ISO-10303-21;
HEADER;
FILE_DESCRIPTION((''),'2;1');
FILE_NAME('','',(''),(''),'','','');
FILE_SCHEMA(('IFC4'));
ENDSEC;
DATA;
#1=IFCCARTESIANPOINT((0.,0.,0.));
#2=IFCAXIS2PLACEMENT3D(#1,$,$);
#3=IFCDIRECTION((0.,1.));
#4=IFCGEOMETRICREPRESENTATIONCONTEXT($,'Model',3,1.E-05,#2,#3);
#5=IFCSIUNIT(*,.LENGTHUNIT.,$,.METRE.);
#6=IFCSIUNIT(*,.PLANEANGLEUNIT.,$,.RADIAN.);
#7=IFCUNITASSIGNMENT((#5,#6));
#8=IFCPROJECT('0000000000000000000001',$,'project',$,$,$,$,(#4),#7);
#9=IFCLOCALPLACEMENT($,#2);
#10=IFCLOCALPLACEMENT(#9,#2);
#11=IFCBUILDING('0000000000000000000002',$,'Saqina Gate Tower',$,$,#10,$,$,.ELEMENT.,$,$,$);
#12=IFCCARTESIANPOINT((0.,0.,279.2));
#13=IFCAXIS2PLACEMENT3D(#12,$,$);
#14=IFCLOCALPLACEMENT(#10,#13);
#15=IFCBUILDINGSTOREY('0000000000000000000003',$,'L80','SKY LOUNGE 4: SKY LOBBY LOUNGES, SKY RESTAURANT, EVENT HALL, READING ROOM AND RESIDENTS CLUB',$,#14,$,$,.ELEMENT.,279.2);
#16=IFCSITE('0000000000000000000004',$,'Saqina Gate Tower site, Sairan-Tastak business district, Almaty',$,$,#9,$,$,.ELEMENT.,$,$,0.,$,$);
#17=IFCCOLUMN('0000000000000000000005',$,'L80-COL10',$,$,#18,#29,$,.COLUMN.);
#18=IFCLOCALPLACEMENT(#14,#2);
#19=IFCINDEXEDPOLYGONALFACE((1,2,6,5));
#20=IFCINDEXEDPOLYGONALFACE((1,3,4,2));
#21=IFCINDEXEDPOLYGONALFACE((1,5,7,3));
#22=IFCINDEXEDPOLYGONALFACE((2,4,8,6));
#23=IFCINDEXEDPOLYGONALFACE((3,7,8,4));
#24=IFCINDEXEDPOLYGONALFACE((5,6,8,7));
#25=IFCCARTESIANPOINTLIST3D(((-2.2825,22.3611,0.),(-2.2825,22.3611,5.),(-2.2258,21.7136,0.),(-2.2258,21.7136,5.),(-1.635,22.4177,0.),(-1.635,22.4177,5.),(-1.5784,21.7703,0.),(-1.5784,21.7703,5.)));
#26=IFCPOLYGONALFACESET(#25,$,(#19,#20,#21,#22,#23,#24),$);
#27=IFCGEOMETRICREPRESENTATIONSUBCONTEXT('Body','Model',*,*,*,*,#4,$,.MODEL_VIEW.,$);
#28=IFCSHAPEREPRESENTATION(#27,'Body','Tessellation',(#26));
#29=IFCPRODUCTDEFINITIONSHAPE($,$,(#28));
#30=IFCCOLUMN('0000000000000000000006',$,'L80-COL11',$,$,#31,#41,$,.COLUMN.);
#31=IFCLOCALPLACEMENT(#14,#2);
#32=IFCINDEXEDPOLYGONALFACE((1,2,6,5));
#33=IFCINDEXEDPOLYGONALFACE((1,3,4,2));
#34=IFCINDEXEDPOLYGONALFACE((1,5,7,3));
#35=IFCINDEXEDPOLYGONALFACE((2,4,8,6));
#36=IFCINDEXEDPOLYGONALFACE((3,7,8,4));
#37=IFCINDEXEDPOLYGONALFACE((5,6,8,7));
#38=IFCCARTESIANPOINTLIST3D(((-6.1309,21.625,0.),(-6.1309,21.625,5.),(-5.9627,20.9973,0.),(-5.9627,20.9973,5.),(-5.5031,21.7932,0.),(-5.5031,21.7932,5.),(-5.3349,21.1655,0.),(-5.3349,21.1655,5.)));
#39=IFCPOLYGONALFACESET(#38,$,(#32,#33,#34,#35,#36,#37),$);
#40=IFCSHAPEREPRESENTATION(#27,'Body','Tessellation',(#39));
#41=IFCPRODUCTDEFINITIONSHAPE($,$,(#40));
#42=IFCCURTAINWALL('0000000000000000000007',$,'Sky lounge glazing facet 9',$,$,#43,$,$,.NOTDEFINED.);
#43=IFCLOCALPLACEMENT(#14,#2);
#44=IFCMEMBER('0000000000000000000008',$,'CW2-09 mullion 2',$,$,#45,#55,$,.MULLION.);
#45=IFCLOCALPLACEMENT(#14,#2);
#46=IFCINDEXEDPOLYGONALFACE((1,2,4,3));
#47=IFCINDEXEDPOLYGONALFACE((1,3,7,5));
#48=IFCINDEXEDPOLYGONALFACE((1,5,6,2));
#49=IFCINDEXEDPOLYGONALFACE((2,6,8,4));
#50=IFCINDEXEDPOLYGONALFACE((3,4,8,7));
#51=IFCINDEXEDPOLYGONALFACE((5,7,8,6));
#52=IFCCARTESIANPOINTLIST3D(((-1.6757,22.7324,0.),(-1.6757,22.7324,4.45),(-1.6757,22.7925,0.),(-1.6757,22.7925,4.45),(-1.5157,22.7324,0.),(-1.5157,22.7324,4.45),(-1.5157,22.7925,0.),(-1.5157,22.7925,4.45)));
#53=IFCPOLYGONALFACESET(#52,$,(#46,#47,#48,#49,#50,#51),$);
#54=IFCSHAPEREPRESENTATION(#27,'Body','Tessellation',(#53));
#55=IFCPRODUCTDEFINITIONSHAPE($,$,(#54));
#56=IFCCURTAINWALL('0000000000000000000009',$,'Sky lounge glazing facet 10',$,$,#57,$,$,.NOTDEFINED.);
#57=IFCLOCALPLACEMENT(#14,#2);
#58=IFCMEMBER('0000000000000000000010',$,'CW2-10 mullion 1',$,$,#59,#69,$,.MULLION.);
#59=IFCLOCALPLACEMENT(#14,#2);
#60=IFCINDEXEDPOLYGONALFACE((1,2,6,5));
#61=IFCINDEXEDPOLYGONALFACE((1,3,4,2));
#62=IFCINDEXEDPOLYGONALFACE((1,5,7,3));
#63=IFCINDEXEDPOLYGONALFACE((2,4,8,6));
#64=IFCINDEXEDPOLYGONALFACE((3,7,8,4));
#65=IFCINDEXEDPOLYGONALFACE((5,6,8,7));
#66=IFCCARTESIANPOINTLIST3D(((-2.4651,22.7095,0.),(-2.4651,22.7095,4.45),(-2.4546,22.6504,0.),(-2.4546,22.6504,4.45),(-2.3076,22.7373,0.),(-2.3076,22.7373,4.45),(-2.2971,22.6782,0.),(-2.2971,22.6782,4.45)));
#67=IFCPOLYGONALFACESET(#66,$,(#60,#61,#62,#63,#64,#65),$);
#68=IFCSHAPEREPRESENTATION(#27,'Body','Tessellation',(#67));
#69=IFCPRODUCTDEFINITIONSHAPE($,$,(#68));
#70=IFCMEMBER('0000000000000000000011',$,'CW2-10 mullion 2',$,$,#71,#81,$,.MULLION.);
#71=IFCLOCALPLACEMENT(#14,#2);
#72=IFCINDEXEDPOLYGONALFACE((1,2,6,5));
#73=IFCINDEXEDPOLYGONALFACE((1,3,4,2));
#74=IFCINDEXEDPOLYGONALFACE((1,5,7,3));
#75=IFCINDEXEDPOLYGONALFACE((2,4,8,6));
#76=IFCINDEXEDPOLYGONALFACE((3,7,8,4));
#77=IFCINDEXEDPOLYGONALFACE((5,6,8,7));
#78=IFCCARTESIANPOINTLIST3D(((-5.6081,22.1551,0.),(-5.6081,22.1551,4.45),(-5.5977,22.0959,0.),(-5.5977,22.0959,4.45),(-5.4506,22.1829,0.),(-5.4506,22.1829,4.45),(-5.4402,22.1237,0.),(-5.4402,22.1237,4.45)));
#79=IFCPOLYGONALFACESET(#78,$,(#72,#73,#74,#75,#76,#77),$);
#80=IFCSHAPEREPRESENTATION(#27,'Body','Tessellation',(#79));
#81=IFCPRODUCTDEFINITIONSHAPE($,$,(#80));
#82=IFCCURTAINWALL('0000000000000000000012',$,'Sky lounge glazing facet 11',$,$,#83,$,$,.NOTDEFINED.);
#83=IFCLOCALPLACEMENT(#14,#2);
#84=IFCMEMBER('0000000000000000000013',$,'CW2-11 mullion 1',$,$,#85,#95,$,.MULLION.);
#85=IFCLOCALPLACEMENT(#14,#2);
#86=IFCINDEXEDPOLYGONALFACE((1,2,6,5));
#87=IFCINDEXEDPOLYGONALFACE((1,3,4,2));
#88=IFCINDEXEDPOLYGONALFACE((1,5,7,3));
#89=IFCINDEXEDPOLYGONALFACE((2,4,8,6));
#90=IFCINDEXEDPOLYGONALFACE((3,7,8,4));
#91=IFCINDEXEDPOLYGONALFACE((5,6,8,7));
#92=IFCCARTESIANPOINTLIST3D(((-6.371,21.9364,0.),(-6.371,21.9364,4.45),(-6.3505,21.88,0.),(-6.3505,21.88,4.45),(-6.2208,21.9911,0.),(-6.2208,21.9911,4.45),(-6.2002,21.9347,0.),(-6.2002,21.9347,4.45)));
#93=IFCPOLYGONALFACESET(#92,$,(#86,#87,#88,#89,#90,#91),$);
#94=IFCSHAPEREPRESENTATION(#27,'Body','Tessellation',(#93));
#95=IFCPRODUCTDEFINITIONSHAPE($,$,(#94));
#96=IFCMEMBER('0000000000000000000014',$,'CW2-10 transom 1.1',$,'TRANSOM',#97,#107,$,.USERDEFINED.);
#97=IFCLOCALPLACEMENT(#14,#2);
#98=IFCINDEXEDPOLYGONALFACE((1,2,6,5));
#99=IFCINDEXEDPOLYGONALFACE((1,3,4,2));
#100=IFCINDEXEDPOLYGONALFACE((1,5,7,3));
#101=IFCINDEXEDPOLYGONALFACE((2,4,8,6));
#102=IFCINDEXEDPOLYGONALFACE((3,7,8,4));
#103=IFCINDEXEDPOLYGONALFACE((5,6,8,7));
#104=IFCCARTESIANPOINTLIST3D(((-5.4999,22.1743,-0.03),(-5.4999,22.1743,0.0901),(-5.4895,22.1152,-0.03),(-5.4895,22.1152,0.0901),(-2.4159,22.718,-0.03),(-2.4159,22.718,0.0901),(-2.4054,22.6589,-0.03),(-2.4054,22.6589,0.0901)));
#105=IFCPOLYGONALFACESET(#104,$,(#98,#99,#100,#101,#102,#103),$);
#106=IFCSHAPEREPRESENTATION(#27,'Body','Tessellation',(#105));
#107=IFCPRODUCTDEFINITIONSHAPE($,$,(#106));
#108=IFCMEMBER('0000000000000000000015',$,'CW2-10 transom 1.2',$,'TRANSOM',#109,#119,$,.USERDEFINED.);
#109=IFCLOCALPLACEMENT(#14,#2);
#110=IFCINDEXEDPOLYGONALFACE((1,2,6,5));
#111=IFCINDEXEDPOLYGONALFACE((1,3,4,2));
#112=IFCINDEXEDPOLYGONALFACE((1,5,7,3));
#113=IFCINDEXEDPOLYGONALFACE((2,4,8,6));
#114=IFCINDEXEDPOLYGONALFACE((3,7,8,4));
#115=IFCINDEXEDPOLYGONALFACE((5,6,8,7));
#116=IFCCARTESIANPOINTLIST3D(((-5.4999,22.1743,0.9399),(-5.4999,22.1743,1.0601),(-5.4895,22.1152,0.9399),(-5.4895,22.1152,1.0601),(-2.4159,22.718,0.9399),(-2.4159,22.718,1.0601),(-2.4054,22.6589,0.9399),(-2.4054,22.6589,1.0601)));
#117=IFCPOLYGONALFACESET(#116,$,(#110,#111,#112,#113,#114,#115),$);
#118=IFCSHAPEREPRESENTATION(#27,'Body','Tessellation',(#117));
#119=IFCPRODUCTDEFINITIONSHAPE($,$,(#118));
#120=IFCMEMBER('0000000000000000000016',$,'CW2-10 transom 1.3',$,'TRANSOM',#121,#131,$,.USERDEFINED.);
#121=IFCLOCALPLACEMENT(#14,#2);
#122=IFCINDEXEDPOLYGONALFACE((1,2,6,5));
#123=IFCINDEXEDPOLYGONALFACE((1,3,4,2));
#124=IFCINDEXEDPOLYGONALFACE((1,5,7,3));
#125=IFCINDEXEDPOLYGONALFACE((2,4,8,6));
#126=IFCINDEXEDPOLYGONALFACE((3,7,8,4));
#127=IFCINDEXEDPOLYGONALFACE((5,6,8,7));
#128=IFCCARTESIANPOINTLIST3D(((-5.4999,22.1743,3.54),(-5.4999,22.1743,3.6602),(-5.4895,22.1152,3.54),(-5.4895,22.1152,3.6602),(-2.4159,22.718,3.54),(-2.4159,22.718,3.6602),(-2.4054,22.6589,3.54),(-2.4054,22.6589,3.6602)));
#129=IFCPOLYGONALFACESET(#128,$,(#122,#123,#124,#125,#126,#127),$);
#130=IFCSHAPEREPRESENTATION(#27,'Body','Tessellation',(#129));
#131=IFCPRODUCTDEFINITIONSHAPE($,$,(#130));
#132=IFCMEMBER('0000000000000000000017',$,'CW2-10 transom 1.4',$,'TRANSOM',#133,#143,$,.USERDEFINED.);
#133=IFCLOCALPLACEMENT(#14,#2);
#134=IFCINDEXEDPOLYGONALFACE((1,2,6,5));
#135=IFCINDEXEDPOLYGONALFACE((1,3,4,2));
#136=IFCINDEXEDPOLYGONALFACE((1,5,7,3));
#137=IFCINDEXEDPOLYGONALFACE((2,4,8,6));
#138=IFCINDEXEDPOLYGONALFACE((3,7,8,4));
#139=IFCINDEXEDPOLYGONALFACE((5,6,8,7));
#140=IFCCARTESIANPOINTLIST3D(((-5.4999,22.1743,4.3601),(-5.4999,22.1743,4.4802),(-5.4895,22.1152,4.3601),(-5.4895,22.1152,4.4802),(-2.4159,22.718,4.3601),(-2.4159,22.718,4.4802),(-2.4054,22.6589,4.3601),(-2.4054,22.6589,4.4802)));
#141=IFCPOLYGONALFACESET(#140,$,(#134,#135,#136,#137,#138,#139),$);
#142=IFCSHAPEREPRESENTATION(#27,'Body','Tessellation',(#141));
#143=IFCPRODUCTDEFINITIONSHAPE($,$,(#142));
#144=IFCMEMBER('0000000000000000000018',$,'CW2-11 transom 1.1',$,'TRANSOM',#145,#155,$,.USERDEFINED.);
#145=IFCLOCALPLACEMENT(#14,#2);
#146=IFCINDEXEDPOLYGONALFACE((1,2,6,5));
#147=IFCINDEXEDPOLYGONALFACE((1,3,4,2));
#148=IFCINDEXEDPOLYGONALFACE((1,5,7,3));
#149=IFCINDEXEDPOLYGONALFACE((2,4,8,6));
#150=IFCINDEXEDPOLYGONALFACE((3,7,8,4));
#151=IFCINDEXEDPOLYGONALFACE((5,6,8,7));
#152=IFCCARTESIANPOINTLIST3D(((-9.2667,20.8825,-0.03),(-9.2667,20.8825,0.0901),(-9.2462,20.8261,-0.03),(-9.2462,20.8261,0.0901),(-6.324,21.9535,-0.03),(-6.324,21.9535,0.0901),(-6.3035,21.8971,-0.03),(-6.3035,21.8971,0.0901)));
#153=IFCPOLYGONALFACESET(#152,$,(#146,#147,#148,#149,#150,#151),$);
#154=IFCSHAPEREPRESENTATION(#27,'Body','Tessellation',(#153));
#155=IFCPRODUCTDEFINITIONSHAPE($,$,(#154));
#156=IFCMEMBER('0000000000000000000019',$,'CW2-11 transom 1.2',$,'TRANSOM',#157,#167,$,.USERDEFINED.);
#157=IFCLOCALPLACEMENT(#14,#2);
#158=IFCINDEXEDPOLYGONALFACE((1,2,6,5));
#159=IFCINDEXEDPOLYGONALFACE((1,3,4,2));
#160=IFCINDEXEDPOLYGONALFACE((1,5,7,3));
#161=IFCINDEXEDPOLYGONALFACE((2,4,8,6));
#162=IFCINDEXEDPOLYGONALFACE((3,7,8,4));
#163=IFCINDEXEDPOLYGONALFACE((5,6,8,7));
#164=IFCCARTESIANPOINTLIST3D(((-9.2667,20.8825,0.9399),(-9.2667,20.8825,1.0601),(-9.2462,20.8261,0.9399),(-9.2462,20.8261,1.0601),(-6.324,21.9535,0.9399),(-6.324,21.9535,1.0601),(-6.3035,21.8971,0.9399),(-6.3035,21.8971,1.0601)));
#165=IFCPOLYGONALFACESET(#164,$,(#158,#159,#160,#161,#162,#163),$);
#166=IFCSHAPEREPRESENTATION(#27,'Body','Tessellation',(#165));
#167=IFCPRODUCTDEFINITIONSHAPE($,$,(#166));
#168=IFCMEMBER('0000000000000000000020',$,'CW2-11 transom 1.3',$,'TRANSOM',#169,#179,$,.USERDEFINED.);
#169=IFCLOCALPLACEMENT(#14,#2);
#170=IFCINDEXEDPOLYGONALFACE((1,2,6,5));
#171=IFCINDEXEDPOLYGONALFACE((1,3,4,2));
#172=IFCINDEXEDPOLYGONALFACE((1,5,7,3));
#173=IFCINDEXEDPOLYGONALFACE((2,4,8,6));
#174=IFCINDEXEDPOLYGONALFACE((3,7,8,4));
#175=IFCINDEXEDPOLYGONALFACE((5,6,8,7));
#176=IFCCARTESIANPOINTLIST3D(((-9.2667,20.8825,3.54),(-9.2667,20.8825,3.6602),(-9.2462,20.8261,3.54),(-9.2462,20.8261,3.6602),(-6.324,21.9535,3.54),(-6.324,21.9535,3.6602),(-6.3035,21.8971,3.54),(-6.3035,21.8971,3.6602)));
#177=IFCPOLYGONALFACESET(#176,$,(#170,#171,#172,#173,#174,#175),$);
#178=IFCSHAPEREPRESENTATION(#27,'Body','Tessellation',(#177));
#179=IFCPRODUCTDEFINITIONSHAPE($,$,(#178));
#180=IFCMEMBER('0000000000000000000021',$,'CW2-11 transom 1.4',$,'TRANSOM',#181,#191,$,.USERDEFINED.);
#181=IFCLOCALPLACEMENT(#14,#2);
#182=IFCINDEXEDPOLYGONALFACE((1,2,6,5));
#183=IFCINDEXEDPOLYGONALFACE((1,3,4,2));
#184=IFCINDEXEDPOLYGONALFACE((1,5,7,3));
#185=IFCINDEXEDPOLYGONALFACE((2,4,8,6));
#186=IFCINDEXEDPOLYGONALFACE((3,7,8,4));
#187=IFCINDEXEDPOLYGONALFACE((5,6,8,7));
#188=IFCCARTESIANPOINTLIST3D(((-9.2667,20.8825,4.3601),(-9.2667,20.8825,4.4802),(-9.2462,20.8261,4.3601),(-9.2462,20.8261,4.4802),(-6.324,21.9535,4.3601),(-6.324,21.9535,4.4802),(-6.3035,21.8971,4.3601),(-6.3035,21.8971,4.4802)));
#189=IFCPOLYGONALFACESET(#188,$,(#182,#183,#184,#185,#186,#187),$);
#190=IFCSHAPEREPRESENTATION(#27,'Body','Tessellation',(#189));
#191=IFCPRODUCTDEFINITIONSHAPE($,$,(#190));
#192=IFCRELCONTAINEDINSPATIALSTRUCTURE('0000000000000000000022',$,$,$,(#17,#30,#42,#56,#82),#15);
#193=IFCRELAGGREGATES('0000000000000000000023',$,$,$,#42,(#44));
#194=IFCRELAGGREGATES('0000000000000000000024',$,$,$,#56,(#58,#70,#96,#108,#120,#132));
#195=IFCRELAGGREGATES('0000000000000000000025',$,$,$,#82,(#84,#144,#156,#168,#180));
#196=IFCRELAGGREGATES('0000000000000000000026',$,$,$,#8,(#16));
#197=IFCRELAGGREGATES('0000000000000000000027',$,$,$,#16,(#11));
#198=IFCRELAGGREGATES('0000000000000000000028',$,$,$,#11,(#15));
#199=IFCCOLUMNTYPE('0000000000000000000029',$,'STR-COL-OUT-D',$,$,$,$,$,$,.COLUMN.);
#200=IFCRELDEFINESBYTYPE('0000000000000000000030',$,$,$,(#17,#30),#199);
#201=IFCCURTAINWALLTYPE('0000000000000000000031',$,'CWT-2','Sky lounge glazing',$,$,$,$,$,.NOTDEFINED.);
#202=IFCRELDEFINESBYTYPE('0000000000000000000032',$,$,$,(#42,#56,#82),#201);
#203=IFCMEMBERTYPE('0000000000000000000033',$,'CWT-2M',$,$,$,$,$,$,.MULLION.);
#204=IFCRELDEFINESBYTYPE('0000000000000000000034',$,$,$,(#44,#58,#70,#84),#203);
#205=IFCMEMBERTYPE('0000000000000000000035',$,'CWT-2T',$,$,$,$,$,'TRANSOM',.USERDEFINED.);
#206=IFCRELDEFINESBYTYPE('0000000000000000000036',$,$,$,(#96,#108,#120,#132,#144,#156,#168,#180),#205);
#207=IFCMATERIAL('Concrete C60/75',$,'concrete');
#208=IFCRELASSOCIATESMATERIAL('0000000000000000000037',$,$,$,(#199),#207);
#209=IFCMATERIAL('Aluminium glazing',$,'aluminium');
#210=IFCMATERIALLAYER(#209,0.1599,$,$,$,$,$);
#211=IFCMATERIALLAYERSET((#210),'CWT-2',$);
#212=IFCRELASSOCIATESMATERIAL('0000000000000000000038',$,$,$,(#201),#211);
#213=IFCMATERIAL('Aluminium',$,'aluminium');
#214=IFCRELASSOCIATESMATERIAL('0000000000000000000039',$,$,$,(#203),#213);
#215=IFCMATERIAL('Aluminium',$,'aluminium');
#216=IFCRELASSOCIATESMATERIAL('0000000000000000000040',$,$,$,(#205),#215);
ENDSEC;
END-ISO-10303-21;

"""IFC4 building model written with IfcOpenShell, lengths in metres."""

from ifc_helpers import new_model, si_unit, direction, frame, origin, origin_2d, place, context, subcontext, project, spatial, rectangle, extrude, material, layer, layer_set, material_profile, profile_set, type_object, element, aggregate, save


model = new_model("IFC4")

# Units and contexts
model_context = context("Model", 3, precision=1e-05, world=origin(), true_north=direction((0.0, 1.0)))
body_context = subcontext(model_context, "Body", "Model", "MODEL_VIEW")
ifc_project = project(units=[si_unit("LENGTHUNIT", "METRE"), si_unit("PLANEANGLEUNIT", "RADIAN")], contexts=[model_context])

# Site, building, storey
site_placement = place(None, origin())
site = spatial("IfcSite", under=ifc_project, at=site_placement, Name="Saqina Gate Tower site, Sairan-Tastak business district, Almaty", CompositionType="ELEMENT", RefElevation=0.0)
building_placement = place(site_placement, origin())
building = spatial("IfcBuilding", under=site, at=building_placement, Name="Saqina Gate Tower", CompositionType="ELEMENT")
storey_placement = place(building_placement, frame((0.0, 0.0, 279.2)))
storey = spatial("IfcBuildingStorey", under=building, at=storey_placement, Name="L80", Description="SKY LOUNGE 4: SKY LOBBY LOUNGES, SKY RESTAURANT, EVENT HALL, READING ROOM AND RESIDENTS CLUB", CompositionType="ELEMENT", Elevation=279.2)

# Columns
ifc_material_1 = material(Name="Concrete C60/75", Category="concrete")
ifc_material_profile_1 = material_profile(ifc_material_1, rectangle(XDim=0.6499, YDim=0.6499, at=origin_2d()), Name="RC 650x650")
ifc_profile_set_1 = profile_set([ifc_material_profile_1], Name="Concrete C60/75")
column_type = type_object("IfcColumnType", Name="STR-COL-OUT-D", PredefinedType="COLUMN", material=ifc_profile_set_1)
for number, where, z_axis, x_axis, name in (
    (1, (-1.9304, 22.0657, 0.0), (0.0, 0.0, 1.0), (-0.087156, 0.996195, 0.0), "L80-COL10"),
    (2, (-5.7329, 21.3953, 0.0), (0.0, 0.0, 1.0), (-0.258819, 0.965926, 0.0), "L80-COL11"),
):
    element("IfcColumn", number, at=place(storey_placement, frame(where, z_axis=z_axis, x_axis=x_axis)), inside=storey, type_object=column_type, Name=name, PredefinedType="COLUMN", context=body_context, shape_type="SweptSolid", body=[
        extrude(rectangle(XDim=0.6499, YDim=0.6499, at=origin_2d()), origin(), (0.0, 0.0, 1.0), 5.0),
    ])

# Curtain wall, member
ifc_material_2 = material(Name="Aluminium glazing", Category="aluminium")
ifc_layer_1 = layer(ifc_material_2, 0.1599)
ifc_layer_set_1 = layer_set([ifc_layer_1], Name="CWT-2")
curtain_wall_type = type_object("IfcCurtainWallType", Name="CWT-2", Description="Sky lounge glazing", PredefinedType="NOTDEFINED", material=ifc_layer_set_1)
curtain_wall_1_placement = place(storey_placement, origin())
curtain_wall_1 = element("IfcCurtainWall", 3, at=curtain_wall_1_placement, inside=storey, type_object=curtain_wall_type, Name="Sky lounge glazing facet 9", PredefinedType="NOTDEFINED")
ifc_material_3 = material(Name="Aluminium", Category="aluminium")
ifc_material_profile_2 = material_profile(ifc_material_3, rectangle(XDim=0.0601, YDim=0.1599, at=origin_2d()), Name="Aluminium 60x160")
ifc_profile_set_2 = profile_set([ifc_material_profile_2], Name="Aluminium")
member_type_1 = type_object("IfcMemberType", Name="CWT-2M", PredefinedType="MULLION", material=ifc_profile_set_2)
member_1_placement = place(storey_placement, frame((-1.5957, 22.7625, 0.0), z_axis=(0.0, 0.0, 1.0), x_axis=(0.0, -1.0, 0.0)))
member_1 = element("IfcMember", 4, at=member_1_placement, type_object=member_type_1, Name="CW2-09 mullion 2", PredefinedType="MULLION", context=body_context, shape_type="SweptSolid", body=[
    extrude(rectangle(XDim=0.0601, YDim=0.1599, at=origin_2d()), origin(), (0.0, 0.0, 1.0), 4.45),
])
aggregate(curtain_wall_1, [member_1])

# Curtain wall, members
curtain_wall_2_placement = place(storey_placement, origin())
curtain_wall_2 = element("IfcCurtainWall", 5, at=curtain_wall_2_placement, inside=storey, type_object=curtain_wall_type, Name="Sky lounge glazing facet 10", PredefinedType="NOTDEFINED")
member_2_placement = place(storey_placement, frame((-2.3811, 22.6938, 0.0), z_axis=(0.0, 0.0, 1.0), x_axis=(0.173663, -0.984805, 0.0)))
member_2 = element("IfcMember", 6, at=member_2_placement, type_object=member_type_1, Name="CW2-10 mullion 1", PredefinedType="MULLION", context=body_context, shape_type="SweptSolid", body=[
    extrude(rectangle(XDim=0.0601, YDim=0.1599, at=origin_2d()), origin(), (0.0, 0.0, 1.0), 4.45),
])
member_3_placement = place(storey_placement, frame((-5.5242, 22.1394, 0.0), z_axis=(0.0, 0.0, 1.0), x_axis=(0.173663, -0.984805, 0.0)))
member_3 = element("IfcMember", 7, at=member_3_placement, type_object=member_type_1, Name="CW2-10 mullion 2", PredefinedType="MULLION", context=body_context, shape_type="SweptSolid", body=[
    extrude(rectangle(XDim=0.0601, YDim=0.1599, at=origin_2d()), origin(), (0.0, 0.0, 1.0), 4.45),
])

# Curtain wall, member
curtain_wall_3_placement = place(storey_placement, origin())
curtain_wall_3 = element("IfcCurtainWall", 8, at=curtain_wall_3_placement, inside=storey, type_object=curtain_wall_type, Name="Sky lounge glazing facet 11", PredefinedType="NOTDEFINED")
member_4_placement = place(storey_placement, frame((-6.2856, 21.9355, 0.0), z_axis=(0.0, 0.0, 1.0), x_axis=(0.342007, -0.939697, 0.0)))
member_4 = element("IfcMember", 9, at=member_4_placement, type_object=member_type_1, Name="CW2-11 mullion 1", PredefinedType="MULLION", context=body_context, shape_type="SweptSolid", body=[
    extrude(rectangle(XDim=0.0601, YDim=0.1599, at=origin_2d()), origin(), (0.0, 0.0, 1.0), 4.45),
])

# Members
ifc_material_4 = material(Name="Aluminium", Category="aluminium")
ifc_material_profile_3 = material_profile(ifc_material_4, rectangle(XDim=0.0601, YDim=0.1201, at=origin_2d()), Name="Aluminium 60x120")
ifc_profile_set_3 = profile_set([ifc_material_profile_3], Name="Aluminium")
member_type_2 = type_object("IfcMemberType", Name="CWT-2T", ElementType="TRANSOM", PredefinedType="USERDEFINED", material=ifc_profile_set_3)
member_5_placement = place(storey_placement, frame((-2.4106, 22.6885, 0.03), z_axis=(-0.984813, -0.173621, 0.0), x_axis=(0.173621, -0.984813, 0.0)))
member_5 = element("IfcMember", 10, at=member_5_placement, type_object=member_type_2, Name="CW2-10 transom 1.1", ObjectType="TRANSOM", PredefinedType="USERDEFINED", context=body_context, shape_type="SweptSolid", body=[
    extrude(rectangle(XDim=0.0601, YDim=0.1201, at=origin_2d()), origin(), (0.0, 0.0, 1.0), 3.1316),
])
member_6_placement = place(storey_placement, frame((-2.4106, 22.6885, 1.0), z_axis=(-0.984813, -0.173621, 0.0), x_axis=(0.173621, -0.984813, 0.0)))
member_6 = element("IfcMember", 11, at=member_6_placement, type_object=member_type_2, Name="CW2-10 transom 1.2", ObjectType="TRANSOM", PredefinedType="USERDEFINED", context=body_context, shape_type="SweptSolid", body=[
    extrude(rectangle(XDim=0.0601, YDim=0.1201, at=origin_2d()), origin(), (0.0, 0.0, 1.0), 3.1316),
])
member_7_placement = place(storey_placement, frame((-2.4106, 22.6885, 3.6001), z_axis=(-0.984813, -0.173621, 0.0), x_axis=(0.173621, -0.984813, 0.0)))
member_7 = element("IfcMember", 12, at=member_7_placement, type_object=member_type_2, Name="CW2-10 transom 1.3", ObjectType="TRANSOM", PredefinedType="USERDEFINED", context=body_context, shape_type="SweptSolid", body=[
    extrude(rectangle(XDim=0.0601, YDim=0.1201, at=origin_2d()), origin(), (0.0, 0.0, 1.0), 3.1316),
])
member_8_placement = place(storey_placement, frame((-2.4106, 22.6885, 4.4202), z_axis=(-0.984813, -0.173621, 0.0), x_axis=(0.173621, -0.984813, 0.0)))
member_8 = element("IfcMember", 13, at=member_8_placement, type_object=member_type_2, Name="CW2-10 transom 1.4", ObjectType="TRANSOM", PredefinedType="USERDEFINED", context=body_context, shape_type="SweptSolid", body=[
    extrude(rectangle(XDim=0.0601, YDim=0.1201, at=origin_2d()), origin(), (0.0, 0.0, 1.0), 3.1316),
])
member_9_placement = place(storey_placement, frame((-6.3137, 21.9253, 0.03), z_axis=(-0.9397, -0.342, 0.0), x_axis=(0.342, -0.9397, 0.0)))
member_9 = element("IfcMember", 14, at=member_9_placement, type_object=member_type_2, Name="CW2-11 transom 1.1", ObjectType="TRANSOM", PredefinedType="USERDEFINED", context=body_context, shape_type="SweptSolid", body=[
    extrude(rectangle(XDim=0.0601, YDim=0.1201, at=origin_2d()), origin(), (0.0, 0.0, 1.0), 3.1316),
])
member_10_placement = place(storey_placement, frame((-6.3137, 21.9253, 1.0), z_axis=(-0.9397, -0.342, 0.0), x_axis=(0.342, -0.9397, 0.0)))
member_10 = element("IfcMember", 15, at=member_10_placement, type_object=member_type_2, Name="CW2-11 transom 1.2", ObjectType="TRANSOM", PredefinedType="USERDEFINED", context=body_context, shape_type="SweptSolid", body=[
    extrude(rectangle(XDim=0.0601, YDim=0.1201, at=origin_2d()), origin(), (0.0, 0.0, 1.0), 3.1316),
])
member_11_placement = place(storey_placement, frame((-6.3137, 21.9253, 3.6001), z_axis=(-0.9397, -0.342, 0.0), x_axis=(0.342, -0.9397, 0.0)))
member_11 = element("IfcMember", 16, at=member_11_placement, type_object=member_type_2, Name="CW2-11 transom 1.3", ObjectType="TRANSOM", PredefinedType="USERDEFINED", context=body_context, shape_type="SweptSolid", body=[
    extrude(rectangle(XDim=0.0601, YDim=0.1201, at=origin_2d()), origin(), (0.0, 0.0, 1.0), 3.1316),
])
member_12_placement = place(storey_placement, frame((-6.3137, 21.9253, 4.4202), z_axis=(-0.9397, -0.342, 0.0), x_axis=(0.342, -0.9397, 0.0)))
member_12 = element("IfcMember", 17, at=member_12_placement, type_object=member_type_2, Name="CW2-11 transom 1.4", ObjectType="TRANSOM", PredefinedType="USERDEFINED", context=body_context, shape_type="SweptSolid", body=[
    extrude(rectangle(XDim=0.0601, YDim=0.1201, at=origin_2d()), origin(), (0.0, 0.0, 1.0), 3.1316),
])

aggregate(curtain_wall_2, [member_2, member_3, member_5, member_6, member_7, member_8])
aggregate(curtain_wall_3, [member_4, member_9, member_10, member_11, member_12])

save(model, "model.ifc")
